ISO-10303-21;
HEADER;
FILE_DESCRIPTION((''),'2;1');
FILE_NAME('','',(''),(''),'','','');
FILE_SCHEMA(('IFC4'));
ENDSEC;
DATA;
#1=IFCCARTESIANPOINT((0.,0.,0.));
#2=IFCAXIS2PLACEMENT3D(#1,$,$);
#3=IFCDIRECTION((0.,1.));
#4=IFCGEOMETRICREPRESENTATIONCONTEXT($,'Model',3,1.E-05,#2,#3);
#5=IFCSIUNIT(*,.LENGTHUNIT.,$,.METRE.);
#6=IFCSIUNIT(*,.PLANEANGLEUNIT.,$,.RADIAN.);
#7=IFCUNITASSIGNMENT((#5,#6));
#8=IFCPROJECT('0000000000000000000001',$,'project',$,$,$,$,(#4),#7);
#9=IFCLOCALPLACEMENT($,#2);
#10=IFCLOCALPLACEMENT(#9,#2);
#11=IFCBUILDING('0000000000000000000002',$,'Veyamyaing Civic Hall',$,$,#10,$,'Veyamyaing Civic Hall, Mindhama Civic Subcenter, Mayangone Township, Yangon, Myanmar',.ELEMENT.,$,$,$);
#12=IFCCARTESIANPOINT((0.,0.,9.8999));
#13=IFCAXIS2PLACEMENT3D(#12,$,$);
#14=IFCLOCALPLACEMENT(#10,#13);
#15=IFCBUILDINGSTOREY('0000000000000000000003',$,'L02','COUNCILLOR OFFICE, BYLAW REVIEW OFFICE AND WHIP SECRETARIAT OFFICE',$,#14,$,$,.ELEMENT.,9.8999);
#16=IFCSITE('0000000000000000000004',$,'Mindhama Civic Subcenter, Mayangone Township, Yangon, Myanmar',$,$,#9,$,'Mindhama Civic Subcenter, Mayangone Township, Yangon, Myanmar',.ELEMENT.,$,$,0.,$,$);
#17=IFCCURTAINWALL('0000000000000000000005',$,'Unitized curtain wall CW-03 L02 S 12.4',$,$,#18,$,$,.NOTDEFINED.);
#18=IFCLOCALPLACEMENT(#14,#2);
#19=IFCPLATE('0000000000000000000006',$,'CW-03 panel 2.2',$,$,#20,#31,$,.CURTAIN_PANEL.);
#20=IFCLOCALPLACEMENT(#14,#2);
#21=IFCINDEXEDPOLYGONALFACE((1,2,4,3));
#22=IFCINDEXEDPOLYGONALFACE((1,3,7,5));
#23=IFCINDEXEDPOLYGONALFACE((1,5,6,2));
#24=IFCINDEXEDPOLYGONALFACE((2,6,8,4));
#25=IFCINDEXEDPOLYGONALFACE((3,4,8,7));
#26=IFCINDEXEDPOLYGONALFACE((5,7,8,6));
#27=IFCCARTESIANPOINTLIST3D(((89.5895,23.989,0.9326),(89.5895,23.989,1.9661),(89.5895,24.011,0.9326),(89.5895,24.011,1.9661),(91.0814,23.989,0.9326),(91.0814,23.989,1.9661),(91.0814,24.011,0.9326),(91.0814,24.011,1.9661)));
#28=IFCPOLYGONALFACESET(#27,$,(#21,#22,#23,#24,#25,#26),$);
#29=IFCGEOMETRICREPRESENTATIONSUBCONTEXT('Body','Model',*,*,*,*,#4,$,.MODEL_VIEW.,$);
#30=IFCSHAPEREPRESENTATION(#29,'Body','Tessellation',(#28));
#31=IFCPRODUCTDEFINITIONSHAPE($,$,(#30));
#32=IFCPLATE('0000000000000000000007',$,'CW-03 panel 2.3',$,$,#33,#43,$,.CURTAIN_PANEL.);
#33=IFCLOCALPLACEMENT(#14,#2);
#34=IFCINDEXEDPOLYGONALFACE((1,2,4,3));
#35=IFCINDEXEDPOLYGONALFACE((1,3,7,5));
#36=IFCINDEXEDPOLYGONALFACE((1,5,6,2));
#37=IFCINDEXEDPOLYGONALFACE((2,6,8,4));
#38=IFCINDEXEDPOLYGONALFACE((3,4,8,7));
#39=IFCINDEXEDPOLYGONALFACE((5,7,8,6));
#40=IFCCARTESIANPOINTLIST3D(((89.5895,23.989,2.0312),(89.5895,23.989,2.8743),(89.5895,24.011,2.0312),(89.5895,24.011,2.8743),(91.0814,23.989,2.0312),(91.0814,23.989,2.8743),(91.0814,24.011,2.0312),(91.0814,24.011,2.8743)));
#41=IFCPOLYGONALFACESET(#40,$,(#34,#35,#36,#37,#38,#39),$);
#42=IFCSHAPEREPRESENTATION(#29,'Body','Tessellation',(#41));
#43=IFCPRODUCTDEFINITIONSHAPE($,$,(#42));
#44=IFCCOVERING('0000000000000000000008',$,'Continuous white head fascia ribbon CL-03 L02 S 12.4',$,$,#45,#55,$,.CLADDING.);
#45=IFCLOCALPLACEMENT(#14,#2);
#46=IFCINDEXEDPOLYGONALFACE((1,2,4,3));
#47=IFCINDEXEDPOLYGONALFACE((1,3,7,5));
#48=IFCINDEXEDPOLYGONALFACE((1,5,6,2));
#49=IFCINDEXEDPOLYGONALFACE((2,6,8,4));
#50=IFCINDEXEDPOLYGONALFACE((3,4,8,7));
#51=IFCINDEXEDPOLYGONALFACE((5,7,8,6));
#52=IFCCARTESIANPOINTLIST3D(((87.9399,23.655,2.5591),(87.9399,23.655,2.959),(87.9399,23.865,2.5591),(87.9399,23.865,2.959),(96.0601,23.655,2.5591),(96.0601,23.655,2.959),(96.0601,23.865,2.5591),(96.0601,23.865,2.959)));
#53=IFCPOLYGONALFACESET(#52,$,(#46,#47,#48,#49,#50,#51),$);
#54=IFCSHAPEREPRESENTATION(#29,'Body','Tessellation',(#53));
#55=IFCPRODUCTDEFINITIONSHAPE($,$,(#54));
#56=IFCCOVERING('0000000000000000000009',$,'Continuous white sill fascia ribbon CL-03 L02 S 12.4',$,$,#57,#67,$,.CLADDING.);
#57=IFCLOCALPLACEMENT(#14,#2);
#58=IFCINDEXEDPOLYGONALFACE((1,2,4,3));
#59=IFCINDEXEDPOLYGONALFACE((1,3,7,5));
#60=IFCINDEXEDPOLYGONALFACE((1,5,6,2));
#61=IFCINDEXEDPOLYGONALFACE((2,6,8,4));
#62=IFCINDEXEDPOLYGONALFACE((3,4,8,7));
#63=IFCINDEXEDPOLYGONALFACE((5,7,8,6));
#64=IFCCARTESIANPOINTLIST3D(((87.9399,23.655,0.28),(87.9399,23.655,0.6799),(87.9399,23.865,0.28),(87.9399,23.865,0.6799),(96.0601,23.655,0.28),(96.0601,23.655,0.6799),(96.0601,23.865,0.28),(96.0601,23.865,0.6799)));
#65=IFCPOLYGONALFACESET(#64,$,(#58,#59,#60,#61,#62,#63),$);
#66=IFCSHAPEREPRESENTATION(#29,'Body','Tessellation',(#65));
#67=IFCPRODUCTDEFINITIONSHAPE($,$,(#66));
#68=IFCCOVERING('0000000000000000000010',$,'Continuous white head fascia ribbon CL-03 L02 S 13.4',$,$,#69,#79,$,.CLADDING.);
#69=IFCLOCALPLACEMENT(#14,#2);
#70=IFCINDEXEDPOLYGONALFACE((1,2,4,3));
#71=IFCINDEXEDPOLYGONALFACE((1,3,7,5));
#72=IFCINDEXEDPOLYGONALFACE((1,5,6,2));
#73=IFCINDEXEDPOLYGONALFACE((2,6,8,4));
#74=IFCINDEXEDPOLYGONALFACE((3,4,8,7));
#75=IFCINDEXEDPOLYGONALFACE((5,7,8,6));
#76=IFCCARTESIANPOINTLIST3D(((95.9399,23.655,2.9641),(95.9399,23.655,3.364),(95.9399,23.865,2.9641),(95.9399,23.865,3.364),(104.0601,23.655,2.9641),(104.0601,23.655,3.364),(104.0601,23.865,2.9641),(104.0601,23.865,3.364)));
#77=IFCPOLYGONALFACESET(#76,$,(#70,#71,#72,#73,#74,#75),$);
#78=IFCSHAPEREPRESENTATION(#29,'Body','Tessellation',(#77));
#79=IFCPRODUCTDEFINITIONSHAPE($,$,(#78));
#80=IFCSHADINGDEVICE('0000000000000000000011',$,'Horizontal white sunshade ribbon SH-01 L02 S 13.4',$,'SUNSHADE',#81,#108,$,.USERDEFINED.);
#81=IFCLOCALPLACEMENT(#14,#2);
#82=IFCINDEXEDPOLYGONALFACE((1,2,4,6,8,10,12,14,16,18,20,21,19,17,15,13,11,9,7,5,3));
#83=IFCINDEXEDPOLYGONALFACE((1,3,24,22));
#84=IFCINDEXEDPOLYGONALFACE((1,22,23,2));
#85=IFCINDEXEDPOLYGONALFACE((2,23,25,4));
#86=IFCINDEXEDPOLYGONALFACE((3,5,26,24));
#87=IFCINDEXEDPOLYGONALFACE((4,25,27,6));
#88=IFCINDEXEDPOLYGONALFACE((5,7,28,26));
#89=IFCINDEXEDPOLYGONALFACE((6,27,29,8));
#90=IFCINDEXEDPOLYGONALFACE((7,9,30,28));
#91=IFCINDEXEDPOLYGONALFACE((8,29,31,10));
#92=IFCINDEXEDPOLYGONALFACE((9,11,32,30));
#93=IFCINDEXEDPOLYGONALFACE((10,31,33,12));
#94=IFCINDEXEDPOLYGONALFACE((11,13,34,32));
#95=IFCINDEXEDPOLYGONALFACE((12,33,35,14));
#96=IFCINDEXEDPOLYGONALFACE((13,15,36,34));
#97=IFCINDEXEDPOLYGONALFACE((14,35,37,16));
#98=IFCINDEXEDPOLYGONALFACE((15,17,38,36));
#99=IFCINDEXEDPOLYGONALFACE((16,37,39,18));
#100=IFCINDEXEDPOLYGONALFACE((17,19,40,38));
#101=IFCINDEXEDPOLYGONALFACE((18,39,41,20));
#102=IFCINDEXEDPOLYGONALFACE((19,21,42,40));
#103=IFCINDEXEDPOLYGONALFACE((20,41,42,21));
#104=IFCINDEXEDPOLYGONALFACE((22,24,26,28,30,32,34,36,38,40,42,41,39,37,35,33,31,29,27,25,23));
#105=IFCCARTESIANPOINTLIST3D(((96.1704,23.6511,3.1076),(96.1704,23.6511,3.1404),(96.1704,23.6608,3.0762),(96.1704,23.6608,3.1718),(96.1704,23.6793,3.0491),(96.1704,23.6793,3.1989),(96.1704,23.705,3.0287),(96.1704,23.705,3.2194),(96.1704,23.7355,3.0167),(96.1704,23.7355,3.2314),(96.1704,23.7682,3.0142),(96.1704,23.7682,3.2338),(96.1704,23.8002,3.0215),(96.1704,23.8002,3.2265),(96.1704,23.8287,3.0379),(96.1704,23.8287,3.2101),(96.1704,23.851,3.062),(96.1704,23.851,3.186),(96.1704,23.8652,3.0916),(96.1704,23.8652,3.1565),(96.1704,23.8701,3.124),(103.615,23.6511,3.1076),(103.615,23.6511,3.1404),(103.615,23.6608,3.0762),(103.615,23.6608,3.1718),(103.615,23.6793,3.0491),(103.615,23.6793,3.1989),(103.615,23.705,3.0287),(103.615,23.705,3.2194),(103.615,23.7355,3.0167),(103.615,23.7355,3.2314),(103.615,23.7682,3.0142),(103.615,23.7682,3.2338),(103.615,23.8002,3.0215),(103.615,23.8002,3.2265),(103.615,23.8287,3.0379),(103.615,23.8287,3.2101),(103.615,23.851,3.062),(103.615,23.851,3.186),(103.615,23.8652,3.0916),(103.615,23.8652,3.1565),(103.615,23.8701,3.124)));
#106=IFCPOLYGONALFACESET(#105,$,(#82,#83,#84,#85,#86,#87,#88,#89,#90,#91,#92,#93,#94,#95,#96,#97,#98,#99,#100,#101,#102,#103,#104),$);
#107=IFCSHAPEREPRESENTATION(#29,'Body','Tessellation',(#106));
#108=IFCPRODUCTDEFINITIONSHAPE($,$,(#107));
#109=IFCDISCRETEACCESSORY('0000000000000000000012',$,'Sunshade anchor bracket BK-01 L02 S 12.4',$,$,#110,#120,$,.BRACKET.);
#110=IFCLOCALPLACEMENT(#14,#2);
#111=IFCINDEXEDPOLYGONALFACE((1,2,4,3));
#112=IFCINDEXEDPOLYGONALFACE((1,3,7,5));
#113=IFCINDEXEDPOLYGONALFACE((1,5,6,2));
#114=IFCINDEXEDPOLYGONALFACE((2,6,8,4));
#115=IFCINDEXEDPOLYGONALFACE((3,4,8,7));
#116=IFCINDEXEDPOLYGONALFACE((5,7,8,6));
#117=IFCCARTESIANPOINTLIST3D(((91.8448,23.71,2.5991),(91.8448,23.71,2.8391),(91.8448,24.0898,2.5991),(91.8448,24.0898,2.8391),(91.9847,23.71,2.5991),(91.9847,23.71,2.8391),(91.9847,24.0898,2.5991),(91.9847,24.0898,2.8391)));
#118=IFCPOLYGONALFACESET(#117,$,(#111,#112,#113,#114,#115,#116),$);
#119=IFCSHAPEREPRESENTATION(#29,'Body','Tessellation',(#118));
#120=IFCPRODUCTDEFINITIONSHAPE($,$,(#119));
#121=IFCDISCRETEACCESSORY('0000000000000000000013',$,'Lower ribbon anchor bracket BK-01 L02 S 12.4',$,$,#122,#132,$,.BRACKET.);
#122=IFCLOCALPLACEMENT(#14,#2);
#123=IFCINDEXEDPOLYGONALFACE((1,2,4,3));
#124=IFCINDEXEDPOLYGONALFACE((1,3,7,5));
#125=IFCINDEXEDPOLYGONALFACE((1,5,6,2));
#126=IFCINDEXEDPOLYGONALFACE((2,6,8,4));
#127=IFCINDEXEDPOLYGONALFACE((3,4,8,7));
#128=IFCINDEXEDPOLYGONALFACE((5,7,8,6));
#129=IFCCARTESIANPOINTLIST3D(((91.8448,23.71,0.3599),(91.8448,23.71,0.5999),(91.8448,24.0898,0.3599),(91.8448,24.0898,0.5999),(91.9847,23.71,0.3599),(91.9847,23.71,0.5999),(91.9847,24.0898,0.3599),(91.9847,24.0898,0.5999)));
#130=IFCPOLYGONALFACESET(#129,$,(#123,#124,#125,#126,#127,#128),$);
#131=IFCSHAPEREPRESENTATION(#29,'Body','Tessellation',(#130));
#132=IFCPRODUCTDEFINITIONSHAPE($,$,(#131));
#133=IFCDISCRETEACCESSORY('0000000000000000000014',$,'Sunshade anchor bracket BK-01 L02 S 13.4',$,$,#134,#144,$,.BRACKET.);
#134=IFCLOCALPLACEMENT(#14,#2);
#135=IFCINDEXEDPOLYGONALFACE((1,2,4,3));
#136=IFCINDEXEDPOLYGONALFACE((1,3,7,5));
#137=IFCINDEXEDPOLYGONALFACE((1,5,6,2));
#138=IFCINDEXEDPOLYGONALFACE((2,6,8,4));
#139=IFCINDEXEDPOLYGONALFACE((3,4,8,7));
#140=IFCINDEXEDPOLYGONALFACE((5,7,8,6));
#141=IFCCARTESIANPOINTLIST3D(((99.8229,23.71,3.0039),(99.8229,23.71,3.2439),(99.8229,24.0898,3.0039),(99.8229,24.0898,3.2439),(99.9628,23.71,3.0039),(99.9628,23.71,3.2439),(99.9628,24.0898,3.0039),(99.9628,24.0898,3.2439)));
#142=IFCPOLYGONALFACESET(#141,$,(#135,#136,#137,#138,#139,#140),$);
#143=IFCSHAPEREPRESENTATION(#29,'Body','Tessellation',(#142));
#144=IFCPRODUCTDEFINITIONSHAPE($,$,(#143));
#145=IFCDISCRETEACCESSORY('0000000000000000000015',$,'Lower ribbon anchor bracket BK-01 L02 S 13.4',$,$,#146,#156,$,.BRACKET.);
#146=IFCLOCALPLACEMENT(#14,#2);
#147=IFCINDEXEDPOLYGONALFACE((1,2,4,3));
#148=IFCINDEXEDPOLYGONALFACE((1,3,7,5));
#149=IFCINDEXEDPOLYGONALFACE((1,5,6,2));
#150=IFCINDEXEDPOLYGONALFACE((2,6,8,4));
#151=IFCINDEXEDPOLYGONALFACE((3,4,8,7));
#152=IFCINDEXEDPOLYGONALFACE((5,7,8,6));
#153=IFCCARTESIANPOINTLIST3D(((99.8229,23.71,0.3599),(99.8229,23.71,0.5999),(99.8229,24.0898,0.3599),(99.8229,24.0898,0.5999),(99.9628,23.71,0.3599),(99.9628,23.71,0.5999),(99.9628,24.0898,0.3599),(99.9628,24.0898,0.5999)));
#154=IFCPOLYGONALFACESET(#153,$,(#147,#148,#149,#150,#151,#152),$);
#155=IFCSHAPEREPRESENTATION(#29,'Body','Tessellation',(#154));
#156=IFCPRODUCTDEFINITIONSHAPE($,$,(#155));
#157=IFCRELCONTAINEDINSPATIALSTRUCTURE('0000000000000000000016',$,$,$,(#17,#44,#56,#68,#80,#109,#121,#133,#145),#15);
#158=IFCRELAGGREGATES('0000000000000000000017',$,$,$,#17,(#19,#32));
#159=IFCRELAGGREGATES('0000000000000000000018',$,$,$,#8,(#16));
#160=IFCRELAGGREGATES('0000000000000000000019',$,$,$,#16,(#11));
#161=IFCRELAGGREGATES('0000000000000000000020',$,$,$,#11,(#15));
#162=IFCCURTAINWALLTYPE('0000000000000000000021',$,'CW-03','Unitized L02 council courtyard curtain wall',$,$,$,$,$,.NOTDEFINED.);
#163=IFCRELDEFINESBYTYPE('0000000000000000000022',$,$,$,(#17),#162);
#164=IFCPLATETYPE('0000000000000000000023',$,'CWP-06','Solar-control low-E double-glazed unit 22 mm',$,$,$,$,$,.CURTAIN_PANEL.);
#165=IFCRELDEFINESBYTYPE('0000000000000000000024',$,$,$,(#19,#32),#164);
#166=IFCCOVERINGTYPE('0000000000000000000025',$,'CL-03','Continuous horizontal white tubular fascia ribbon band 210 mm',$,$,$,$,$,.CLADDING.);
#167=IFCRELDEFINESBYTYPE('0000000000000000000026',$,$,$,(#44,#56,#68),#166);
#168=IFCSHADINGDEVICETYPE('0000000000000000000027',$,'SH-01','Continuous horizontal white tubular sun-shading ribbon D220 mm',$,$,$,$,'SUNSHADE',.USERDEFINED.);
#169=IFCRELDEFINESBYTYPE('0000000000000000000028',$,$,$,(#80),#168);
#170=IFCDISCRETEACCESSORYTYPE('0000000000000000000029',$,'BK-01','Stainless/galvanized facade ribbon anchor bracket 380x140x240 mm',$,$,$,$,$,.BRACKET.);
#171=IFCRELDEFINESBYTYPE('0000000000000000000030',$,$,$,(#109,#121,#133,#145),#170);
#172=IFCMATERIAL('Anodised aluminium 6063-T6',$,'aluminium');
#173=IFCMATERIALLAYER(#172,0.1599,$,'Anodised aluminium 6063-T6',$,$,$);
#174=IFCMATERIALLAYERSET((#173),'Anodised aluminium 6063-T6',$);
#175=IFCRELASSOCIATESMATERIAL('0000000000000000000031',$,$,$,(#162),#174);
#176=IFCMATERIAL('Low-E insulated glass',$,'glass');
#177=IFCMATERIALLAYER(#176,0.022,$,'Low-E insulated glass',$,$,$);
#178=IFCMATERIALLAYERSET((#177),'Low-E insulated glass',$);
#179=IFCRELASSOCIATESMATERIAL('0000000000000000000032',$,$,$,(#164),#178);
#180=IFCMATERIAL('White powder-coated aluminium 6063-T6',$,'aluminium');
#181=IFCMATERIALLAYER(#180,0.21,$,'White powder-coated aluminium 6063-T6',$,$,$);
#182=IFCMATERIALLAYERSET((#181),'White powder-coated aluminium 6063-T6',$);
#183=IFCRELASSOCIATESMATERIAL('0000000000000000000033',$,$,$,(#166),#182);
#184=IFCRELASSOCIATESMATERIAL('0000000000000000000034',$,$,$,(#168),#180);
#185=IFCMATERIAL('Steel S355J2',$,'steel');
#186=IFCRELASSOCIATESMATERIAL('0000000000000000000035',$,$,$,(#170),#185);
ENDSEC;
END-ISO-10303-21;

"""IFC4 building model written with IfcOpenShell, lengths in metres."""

from ifc_helpers import new_model, si_unit, direction, frame, origin, origin_2d, place, context, subcontext, project, spatial, rectangle, circle, extrude, material, layer, layer_set, material_profile, profile_set, type_object, element, aggregate, save


model = new_model("IFC4")

# Units and contexts
model_context = context("Model", 3, precision=1e-05, world=origin(), true_north=direction((0.0, 1.0)))
body_context = subcontext(model_context, "Body", "Model", "MODEL_VIEW")
ifc_project = project(units=[si_unit("LENGTHUNIT", "METRE"), si_unit("PLANEANGLEUNIT", "RADIAN")], contexts=[model_context])

# Site, building, storey
site_placement = place(None, origin())
site = spatial("IfcSite", under=ifc_project, at=site_placement, Name="Mindhama Civic Subcenter, Mayangone Township, Yangon, Myanmar", LongName="Mindhama Civic Subcenter, Mayangone Township, Yangon, Myanmar", CompositionType="ELEMENT", RefElevation=0.0)
building_placement = place(site_placement, origin())
building = spatial("IfcBuilding", under=site, at=building_placement, Name="Veyamyaing Civic Hall", LongName="Veyamyaing Civic Hall, Mindhama Civic Subcenter, Mayangone Township, Yangon, Myanmar", CompositionType="ELEMENT")
storey_placement = place(building_placement, frame((0.0, 0.0, 9.8999)))
storey = spatial("IfcBuildingStorey", under=building, at=storey_placement, Name="L02", Description="COUNCILLOR OFFICE, BYLAW REVIEW OFFICE AND WHIP SECRETARIAT OFFICE", CompositionType="ELEMENT", Elevation=9.8999)

# Curtain wall, plates
ifc_material_1 = material(Name="Anodised aluminium 6063-T6", Category="aluminium")
ifc_layer_1 = layer(ifc_material_1, 0.1599, Name="Anodised aluminium 6063-T6")
ifc_layer_set_1 = layer_set([ifc_layer_1], Name="Anodised aluminium 6063-T6")
curtain_wall_type = type_object("IfcCurtainWallType", Name="CW-03", Description="Unitized L02 council courtyard curtain wall", PredefinedType="NOTDEFINED", material=ifc_layer_set_1)
curtain_wall_placement = place(storey_placement, origin())
curtain_wall = element("IfcCurtainWall", 1, at=curtain_wall_placement, inside=storey, type_object=curtain_wall_type, Name="Unitized curtain wall CW-03 L02 S 12.4", PredefinedType="NOTDEFINED")
ifc_material_2 = material(Name="Low-E insulated glass", Category="glass")
ifc_layer_2 = layer(ifc_material_2, 0.022, Name="Low-E insulated glass")
ifc_layer_set_2 = layer_set([ifc_layer_2], Name="Low-E insulated glass")
plate_type = type_object("IfcPlateType", Name="CWP-06", Description="Solar-control low-E double-glazed unit 22 mm", PredefinedType="CURTAIN_PANEL", material=ifc_layer_set_2)
plate_1_placement = place(storey_placement, frame((90.3354, 24.0, 0.9326), z_axis=(0.0, 0.0, 1.0), x_axis=(1.0, 0.0, 0.0)))
plate_1 = element("IfcPlate", 2, at=plate_1_placement, type_object=plate_type, Name="CW-03 panel 2.2", PredefinedType="CURTAIN_PANEL", context=body_context, shape_type="SweptSolid", body=[
    extrude(rectangle(XDim=1.4919, YDim=0.022, at=origin_2d()), origin(), (0.0, 0.0, 1.0), 1.0334),
])
plate_2_placement = place(storey_placement, frame((90.3354, 24.0, 2.0312), z_axis=(0.0, 0.0, 1.0), x_axis=(1.0, 0.0, 0.0)))
plate_2 = element("IfcPlate", 3, at=plate_2_placement, type_object=plate_type, Name="CW-03 panel 2.3", PredefinedType="CURTAIN_PANEL", context=body_context, shape_type="SweptSolid", body=[
    extrude(rectangle(XDim=1.4919, YDim=0.022, at=origin_2d()), origin(), (0.0, 0.0, 1.0), 0.843),
])
aggregate(curtain_wall, [plate_1, plate_2])

# Coverings
ifc_material_3 = material(Name="White powder-coated aluminium 6063-T6", Category="aluminium")
ifc_layer_3 = layer(ifc_material_3, 0.21, Name="White powder-coated aluminium 6063-T6")
ifc_layer_set_3 = layer_set([ifc_layer_3], Name="White powder-coated aluminium 6063-T6")
covering_type = type_object("IfcCoveringType", Name="CL-03", Description="Continuous horizontal white tubular fascia ribbon band 210 mm", PredefinedType="CLADDING", material=ifc_layer_set_3)
for number, where, z_axis, x_axis, name in (
    (4, (92.0, 23.76, 2.5591), (0.0, 0.0, 1.0), (1.0, 0.0, 0.0), "Continuous white head fascia ribbon CL-03 L02 S 12.4"),
    (5, (92.0, 23.76, 0.28), (0.0, 0.0, 1.0), (1.0, 0.0, 0.0), "Continuous white sill fascia ribbon CL-03 L02 S 12.4"),
    (6, (100.0, 23.76, 2.9641), (0.0, 0.0, 1.0), (1.0, 0.0, 0.0), "Continuous white head fascia ribbon CL-03 L02 S 13.4"),
):
    element("IfcCovering", number, at=place(storey_placement, frame(where, z_axis=z_axis, x_axis=x_axis)), inside=storey, type_object=covering_type, Name=name, PredefinedType="CLADDING", context=body_context, shape_type="SweptSolid", body=[
        extrude(rectangle(XDim=8.1201, YDim=0.21, at=origin_2d()), origin(), (0.0, 0.0, 1.0), 0.3999),
    ])

# Shading device
ifc_material_profile_1 = material_profile(ifc_material_3, circle(Radius=0.1101, at=origin_2d()), Name="SHADE-TUBE-220")
ifc_profile_set_1 = profile_set([ifc_material_profile_1], Name="White powder-coated aluminium 6063-T6")
shading_device_type = type_object("IfcShadingDeviceType", Name="SH-01", Description="Continuous horizontal white tubular sun-shading ribbon D220 mm", ElementType="SUNSHADE", PredefinedType="USERDEFINED", material=ifc_profile_set_1)
shading_device_placement = place(storey_placement, frame((96.1704, 23.76, 3.124), z_axis=(1.0, 0.0, 0.0), x_axis=(0.0, 1.0, 0.0)))
element("IfcShadingDevice", 7, at=shading_device_placement, inside=storey, type_object=shading_device_type, Name="Horizontal white sunshade ribbon SH-01 L02 S 13.4", ObjectType="SUNSHADE", PredefinedType="USERDEFINED", context=body_context, shape_type="SweptSolid", body=[
    extrude(circle(Radius=0.1101, at=origin_2d()), origin(), (0.0, 0.0, 1.0), 7.4446),
])

# Discrete accessories
ifc_material_4 = material(Name="Steel S355J2", Category="steel")
discrete_accessory_type = type_object("IfcDiscreteAccessoryType", Name="BK-01", Description="Stainless/galvanized facade ribbon anchor bracket 380x140x240 mm", PredefinedType="BRACKET", material=ifc_material_4)
for number, where, z_axis, x_axis, name in (
    (8, (91.9148, 23.8999, 2.5991), (0.0, 0.0, 1.0), (0.0, -1.0, 0.0), "Sunshade anchor bracket BK-01 L02 S 12.4"),
    (9, (91.9148, 23.8999, 0.3599), (0.0, 0.0, 1.0), (0.0, -1.0, 0.0), "Lower ribbon anchor bracket BK-01 L02 S 12.4"),
    (10, (99.8928, 23.8999, 3.0039), (0.0, 0.0, 1.0), (0.0, -1.0, 0.0), "Sunshade anchor bracket BK-01 L02 S 13.4"),
    (11, (99.8928, 23.8999, 0.3599), (0.0, 0.0, 1.0), (0.0, -1.0, 0.0), "Lower ribbon anchor bracket BK-01 L02 S 13.4"),
):
    element("IfcDiscreteAccessory", number, at=place(storey_placement, frame(where, z_axis=z_axis, x_axis=x_axis)), inside=storey, type_object=discrete_accessory_type, Name=name, PredefinedType="BRACKET", context=body_context, shape_type="SweptSolid", body=[
        extrude(rectangle(XDim=0.3799, YDim=0.1399, at=origin_2d()), origin(), (0.0, 0.0, 1.0), 0.24),
    ])

save(model, "model.ifc")
